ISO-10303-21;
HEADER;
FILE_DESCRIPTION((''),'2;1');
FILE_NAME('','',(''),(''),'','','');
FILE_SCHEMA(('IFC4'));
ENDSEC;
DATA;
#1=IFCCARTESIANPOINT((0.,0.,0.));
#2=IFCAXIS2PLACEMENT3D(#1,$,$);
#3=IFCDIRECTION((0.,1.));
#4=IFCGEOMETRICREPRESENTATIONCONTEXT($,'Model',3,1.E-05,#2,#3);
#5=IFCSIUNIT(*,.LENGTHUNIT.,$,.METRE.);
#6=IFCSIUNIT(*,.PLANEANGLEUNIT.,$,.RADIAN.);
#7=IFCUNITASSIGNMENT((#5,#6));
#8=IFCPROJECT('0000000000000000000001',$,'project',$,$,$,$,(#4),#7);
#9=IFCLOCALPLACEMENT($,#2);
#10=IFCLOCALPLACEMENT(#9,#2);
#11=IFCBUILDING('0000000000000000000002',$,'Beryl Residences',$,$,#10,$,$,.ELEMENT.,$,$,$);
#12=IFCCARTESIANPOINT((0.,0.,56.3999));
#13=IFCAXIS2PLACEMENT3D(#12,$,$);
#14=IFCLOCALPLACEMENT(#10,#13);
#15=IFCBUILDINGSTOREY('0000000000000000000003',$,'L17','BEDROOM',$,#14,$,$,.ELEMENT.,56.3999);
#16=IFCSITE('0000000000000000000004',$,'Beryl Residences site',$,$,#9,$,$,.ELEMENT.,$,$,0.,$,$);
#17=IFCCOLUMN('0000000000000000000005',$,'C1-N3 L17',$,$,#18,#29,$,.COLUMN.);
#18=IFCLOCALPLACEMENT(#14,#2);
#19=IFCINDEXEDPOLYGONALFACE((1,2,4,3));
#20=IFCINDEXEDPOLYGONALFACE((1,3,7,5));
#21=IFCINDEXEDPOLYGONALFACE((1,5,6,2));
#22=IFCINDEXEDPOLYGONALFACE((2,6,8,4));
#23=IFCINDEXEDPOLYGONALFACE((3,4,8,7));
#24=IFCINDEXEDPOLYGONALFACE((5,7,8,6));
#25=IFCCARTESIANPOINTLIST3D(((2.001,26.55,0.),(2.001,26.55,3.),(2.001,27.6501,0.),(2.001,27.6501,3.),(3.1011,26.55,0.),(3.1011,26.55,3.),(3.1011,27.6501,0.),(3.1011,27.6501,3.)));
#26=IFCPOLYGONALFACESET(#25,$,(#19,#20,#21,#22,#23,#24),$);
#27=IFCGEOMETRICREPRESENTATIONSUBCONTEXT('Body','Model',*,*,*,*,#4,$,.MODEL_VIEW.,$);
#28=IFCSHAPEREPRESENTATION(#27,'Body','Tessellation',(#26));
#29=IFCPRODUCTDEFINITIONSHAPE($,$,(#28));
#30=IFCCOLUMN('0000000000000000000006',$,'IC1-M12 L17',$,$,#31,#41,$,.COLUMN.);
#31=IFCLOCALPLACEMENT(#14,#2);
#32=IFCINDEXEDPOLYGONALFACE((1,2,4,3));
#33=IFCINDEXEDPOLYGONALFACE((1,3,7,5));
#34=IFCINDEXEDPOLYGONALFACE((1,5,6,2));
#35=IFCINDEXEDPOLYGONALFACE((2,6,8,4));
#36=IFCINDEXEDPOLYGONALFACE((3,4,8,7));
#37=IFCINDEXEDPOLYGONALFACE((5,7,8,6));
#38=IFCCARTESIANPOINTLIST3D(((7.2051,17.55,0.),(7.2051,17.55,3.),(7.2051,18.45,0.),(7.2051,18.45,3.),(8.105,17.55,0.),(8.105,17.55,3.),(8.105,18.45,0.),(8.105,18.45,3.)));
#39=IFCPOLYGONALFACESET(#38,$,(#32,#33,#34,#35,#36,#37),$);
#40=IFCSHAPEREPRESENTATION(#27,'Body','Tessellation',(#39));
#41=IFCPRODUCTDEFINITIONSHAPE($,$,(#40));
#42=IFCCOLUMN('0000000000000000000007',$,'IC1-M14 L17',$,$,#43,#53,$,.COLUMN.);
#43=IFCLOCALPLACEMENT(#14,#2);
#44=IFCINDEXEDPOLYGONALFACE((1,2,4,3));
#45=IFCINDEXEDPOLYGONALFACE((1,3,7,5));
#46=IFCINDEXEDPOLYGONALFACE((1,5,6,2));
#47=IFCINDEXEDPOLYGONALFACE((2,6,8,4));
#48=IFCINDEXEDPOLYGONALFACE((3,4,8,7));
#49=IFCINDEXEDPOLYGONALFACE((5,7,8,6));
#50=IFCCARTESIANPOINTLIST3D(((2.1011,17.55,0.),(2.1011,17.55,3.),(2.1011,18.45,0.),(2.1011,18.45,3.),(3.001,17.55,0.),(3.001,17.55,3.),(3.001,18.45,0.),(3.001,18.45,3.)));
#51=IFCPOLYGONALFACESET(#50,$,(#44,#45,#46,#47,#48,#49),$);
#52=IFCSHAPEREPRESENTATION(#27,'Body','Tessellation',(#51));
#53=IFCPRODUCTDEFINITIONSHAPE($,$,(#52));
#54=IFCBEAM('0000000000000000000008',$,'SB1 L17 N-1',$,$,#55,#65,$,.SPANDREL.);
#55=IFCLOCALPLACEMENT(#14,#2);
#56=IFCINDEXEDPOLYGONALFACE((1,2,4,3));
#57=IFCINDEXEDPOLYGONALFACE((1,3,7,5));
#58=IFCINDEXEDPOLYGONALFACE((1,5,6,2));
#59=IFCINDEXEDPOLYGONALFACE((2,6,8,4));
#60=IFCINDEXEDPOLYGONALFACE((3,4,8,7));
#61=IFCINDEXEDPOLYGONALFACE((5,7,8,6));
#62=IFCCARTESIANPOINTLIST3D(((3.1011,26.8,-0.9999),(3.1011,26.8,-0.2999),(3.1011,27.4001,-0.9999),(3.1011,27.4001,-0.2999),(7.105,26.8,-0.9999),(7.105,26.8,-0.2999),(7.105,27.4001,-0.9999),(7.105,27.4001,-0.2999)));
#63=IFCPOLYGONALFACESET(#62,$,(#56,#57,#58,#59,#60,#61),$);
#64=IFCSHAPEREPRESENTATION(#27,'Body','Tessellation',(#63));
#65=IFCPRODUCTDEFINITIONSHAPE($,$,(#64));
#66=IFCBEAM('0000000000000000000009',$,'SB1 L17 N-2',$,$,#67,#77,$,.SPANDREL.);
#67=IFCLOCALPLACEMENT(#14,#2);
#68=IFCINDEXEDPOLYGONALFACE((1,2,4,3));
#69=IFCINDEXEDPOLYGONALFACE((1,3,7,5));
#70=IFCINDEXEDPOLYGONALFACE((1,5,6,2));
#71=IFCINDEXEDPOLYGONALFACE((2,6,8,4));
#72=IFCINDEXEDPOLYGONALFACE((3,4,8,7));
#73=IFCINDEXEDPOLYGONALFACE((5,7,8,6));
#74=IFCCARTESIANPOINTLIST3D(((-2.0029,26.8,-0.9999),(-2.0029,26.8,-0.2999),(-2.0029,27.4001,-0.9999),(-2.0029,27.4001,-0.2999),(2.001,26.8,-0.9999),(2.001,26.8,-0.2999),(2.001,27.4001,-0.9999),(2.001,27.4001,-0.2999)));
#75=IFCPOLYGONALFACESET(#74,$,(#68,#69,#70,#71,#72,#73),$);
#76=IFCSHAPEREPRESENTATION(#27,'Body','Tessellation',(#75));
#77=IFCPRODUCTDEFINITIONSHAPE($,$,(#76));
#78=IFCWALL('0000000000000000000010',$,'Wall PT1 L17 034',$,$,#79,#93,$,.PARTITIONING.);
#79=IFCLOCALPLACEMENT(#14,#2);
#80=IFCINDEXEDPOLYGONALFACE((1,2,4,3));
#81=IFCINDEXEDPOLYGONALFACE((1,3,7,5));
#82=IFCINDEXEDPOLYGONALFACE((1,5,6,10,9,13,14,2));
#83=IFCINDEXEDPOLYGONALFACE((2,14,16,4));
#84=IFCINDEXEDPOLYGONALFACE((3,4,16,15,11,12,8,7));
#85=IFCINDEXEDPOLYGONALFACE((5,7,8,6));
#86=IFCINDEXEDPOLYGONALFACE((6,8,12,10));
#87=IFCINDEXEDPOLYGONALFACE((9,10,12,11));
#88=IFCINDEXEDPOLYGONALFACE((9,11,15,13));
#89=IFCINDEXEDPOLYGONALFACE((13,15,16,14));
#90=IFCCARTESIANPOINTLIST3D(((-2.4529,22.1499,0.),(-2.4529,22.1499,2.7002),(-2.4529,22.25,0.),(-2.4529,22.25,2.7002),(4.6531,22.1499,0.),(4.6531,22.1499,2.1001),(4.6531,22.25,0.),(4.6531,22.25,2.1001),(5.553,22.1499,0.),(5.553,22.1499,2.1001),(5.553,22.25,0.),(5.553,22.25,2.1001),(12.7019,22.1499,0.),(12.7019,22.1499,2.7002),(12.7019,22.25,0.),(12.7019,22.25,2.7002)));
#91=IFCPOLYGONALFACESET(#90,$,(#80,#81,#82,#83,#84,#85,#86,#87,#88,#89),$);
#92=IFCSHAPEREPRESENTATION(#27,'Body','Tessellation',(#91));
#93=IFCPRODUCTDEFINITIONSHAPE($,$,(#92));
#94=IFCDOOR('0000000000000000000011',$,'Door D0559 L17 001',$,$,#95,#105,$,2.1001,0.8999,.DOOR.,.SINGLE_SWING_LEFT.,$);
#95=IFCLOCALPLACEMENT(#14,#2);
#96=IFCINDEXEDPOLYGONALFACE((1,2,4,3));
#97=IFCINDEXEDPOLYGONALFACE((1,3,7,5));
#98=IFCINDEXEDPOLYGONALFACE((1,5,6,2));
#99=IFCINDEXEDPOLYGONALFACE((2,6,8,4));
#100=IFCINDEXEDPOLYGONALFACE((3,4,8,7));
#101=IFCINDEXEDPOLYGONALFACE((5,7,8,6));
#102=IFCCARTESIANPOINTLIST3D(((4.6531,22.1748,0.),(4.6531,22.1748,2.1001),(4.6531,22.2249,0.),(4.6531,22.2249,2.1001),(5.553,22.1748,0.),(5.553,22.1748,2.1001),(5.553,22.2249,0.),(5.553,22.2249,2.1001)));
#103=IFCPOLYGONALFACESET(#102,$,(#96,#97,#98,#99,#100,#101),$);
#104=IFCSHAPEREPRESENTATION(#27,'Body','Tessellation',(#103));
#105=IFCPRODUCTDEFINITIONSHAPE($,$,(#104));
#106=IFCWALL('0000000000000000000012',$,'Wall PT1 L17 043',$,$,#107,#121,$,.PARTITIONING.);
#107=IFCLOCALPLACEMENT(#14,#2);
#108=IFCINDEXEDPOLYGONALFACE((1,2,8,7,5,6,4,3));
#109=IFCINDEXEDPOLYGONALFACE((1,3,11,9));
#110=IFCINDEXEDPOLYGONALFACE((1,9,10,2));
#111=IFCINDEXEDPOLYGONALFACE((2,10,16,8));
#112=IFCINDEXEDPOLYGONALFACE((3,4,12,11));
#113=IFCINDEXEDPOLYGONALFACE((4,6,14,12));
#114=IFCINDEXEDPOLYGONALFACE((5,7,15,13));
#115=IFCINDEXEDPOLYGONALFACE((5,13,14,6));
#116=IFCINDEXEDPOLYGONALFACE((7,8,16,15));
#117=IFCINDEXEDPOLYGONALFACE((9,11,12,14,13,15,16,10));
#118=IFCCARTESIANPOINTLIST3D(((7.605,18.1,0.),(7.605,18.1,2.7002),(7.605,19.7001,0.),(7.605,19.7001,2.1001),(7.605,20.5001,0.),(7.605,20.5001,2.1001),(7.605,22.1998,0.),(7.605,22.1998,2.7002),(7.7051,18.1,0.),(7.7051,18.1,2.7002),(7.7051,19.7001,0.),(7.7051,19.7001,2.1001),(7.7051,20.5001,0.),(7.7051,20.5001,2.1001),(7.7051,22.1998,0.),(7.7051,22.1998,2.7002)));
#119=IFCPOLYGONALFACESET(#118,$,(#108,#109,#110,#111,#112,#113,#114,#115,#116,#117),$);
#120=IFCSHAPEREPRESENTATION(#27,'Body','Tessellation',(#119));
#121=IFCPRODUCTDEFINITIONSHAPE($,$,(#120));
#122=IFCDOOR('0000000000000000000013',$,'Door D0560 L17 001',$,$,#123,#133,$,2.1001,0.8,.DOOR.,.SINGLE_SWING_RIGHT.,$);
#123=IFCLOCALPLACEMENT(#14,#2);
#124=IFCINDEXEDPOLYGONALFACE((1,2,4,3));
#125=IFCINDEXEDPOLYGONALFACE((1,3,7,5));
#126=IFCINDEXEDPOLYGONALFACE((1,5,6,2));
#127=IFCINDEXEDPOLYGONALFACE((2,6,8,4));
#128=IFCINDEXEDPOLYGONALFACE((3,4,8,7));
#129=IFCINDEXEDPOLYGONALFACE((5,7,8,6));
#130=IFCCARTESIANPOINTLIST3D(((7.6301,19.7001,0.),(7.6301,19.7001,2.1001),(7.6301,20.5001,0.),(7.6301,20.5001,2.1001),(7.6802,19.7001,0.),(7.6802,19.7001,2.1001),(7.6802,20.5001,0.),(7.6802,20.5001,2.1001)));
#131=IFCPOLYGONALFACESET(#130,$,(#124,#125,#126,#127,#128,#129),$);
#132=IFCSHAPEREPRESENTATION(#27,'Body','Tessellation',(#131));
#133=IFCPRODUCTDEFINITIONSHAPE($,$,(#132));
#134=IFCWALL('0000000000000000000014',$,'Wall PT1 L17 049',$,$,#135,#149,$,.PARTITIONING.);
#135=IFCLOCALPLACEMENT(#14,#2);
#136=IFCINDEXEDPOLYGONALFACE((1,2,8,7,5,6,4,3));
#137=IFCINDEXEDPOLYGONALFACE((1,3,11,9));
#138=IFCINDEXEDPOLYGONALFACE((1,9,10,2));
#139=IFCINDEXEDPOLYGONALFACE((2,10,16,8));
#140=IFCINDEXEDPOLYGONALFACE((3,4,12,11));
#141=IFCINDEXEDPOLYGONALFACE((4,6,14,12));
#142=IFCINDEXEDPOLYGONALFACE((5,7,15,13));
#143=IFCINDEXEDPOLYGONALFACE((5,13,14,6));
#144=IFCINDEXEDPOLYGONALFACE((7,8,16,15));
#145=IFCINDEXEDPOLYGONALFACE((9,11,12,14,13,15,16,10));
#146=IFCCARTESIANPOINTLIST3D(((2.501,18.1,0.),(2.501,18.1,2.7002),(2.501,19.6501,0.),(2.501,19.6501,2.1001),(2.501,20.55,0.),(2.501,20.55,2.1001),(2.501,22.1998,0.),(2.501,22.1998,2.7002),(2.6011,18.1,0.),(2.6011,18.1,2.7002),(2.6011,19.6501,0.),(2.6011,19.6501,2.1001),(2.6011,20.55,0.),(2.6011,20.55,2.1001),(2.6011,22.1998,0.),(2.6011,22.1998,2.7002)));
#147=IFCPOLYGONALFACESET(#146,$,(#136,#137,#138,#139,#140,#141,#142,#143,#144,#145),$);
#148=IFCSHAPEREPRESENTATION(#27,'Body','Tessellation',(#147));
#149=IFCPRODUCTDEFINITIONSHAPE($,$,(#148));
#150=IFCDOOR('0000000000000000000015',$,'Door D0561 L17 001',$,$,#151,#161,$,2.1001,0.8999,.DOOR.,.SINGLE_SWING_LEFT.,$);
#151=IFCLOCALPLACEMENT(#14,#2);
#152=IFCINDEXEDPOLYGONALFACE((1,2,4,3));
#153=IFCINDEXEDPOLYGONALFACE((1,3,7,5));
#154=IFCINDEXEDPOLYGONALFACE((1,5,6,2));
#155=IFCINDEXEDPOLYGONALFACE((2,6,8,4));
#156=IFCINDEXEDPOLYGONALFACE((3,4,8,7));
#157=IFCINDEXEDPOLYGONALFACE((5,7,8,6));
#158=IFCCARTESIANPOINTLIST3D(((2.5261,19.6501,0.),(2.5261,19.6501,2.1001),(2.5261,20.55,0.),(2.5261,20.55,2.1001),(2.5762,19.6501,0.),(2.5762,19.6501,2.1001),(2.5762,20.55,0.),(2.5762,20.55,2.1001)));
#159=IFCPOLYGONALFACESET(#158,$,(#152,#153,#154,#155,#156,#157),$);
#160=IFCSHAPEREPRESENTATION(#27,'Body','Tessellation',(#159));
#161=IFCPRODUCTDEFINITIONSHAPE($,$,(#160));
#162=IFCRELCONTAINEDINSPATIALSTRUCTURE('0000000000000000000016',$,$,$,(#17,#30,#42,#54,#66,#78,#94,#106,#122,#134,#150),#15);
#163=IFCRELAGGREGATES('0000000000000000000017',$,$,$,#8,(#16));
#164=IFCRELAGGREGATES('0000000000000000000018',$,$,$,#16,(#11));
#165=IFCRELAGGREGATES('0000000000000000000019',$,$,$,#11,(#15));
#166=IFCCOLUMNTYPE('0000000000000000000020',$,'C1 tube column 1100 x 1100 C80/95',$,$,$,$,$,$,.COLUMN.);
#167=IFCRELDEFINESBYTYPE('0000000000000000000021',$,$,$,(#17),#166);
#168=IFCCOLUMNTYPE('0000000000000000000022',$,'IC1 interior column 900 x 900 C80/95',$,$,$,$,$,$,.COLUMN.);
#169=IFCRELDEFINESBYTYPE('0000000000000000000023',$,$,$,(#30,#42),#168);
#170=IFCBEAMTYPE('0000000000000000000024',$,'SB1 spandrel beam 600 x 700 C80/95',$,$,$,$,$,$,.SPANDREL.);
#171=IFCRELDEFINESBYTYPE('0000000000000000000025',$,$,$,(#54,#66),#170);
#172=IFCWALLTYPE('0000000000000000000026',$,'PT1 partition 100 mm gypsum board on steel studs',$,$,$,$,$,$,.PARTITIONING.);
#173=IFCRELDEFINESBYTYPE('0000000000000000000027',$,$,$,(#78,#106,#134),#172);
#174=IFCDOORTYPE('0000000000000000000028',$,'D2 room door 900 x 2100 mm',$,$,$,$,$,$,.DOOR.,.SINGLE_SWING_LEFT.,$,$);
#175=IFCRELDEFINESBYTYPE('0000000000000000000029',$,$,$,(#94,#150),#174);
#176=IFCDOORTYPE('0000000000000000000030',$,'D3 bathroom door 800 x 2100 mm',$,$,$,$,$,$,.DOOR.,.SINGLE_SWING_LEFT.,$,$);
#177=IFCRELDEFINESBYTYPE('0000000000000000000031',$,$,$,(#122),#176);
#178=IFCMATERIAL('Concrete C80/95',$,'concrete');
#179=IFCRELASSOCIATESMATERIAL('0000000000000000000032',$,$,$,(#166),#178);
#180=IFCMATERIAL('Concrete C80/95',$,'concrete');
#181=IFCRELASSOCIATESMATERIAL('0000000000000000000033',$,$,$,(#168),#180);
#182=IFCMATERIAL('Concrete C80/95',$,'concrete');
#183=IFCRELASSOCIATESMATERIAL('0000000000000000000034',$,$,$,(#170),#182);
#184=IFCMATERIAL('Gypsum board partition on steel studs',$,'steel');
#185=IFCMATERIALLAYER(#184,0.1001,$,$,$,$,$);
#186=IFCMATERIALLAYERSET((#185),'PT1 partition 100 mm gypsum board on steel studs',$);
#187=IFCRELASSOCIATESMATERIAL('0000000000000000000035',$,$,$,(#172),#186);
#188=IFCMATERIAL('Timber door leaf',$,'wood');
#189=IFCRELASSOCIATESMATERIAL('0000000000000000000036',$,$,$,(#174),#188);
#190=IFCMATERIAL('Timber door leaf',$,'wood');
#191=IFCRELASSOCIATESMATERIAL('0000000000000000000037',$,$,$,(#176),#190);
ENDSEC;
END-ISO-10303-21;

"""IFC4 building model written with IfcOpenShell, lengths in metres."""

from ifc_helpers import new_model, si_unit, direction, frame, frame_2d, origin, origin_2d, place, context, subcontext, project, spatial, rectangle, extrude, material, layer, layer_set, material_profile, profile_set, type_object, element, fill, save


model = new_model("IFC4")

# Units and contexts
model_context = context("Model", 3, precision=1e-05, world=origin(), true_north=direction((0.0, 1.0)))
body_context = subcontext(model_context, "Body", "Model", "MODEL_VIEW")
ifc_project = project(units=[si_unit("LENGTHUNIT", "METRE"), si_unit("PLANEANGLEUNIT", "RADIAN")], contexts=[model_context])

# Site, building, storey
site_placement = place(None, origin())
site = spatial("IfcSite", under=ifc_project, at=site_placement, Name="Beryl Residences site", CompositionType="ELEMENT", RefElevation=0.0)
building_placement = place(site_placement, origin())
building = spatial("IfcBuilding", under=site, at=building_placement, Name="Beryl Residences", CompositionType="ELEMENT")
storey_placement = place(building_placement, frame((0.0, 0.0, 56.3999)))
storey = spatial("IfcBuildingStorey", under=building, at=storey_placement, Name="L17", Description="BEDROOM", CompositionType="ELEMENT", Elevation=56.3999)

# Columns
ifc_material_1 = material(Name="Concrete C80/95", Category="concrete")
ifc_material_profile_1 = material_profile(ifc_material_1, rectangle(XDim=1.1001, YDim=1.1001, at=origin_2d()))
ifc_profile_set_1 = profile_set([ifc_material_profile_1], Name="Concrete C80/95")
column_type_1 = type_object("IfcColumnType", Name="C1 tube column 1100 x 1100 C80/95", PredefinedType="COLUMN", material=ifc_profile_set_1)
column_placement = place(storey_placement, frame((2.551, 27.1001, 0.0), z_axis=(0.0, 0.0, 1.0), x_axis=(-1.0, 0.0, 0.0)))
element("IfcColumn", 1, at=column_placement, inside=storey, type_object=column_type_1, Name="C1-N3 L17", PredefinedType="COLUMN", context=body_context, shape_type="SweptSolid", body=[
    extrude(rectangle(XDim=1.1001, YDim=1.1001, at=origin_2d()), origin(), (0.0, 0.0, 1.0), 3.0),
])
ifc_material_2 = material(Name="Concrete C80/95", Category="concrete")
ifc_material_profile_2 = material_profile(ifc_material_2, rectangle(XDim=0.8999, YDim=0.8999, at=origin_2d()))
ifc_profile_set_2 = profile_set([ifc_material_profile_2], Name="Concrete C80/95")
column_type_2 = type_object("IfcColumnType", Name="IC1 interior column 900 x 900 C80/95", PredefinedType="COLUMN", material=ifc_profile_set_2)
for number, where, z_axis, x_axis, name in (
    (2, (7.655, 18.0, 0.0), (0.0, 0.0, 1.0), (-1.0, 0.0, 0.0), "IC1-M12 L17"),
    (3, (2.551, 18.0, 0.0), (0.0, 0.0, 1.0), (-1.0, 0.0, 0.0), "IC1-M14 L17"),
):
    element("IfcColumn", number, at=place(storey_placement, frame(where, z_axis=z_axis, x_axis=x_axis)), inside=storey, type_object=column_type_2, Name=name, PredefinedType="COLUMN", context=body_context, shape_type="SweptSolid", body=[
        extrude(rectangle(XDim=0.8999, YDim=0.8999, at=origin_2d()), origin(), (0.0, 0.0, 1.0), 3.0),
    ])

# Beams
ifc_material_3 = material(Name="Concrete C80/95", Category="concrete")
ifc_material_profile_3 = material_profile(ifc_material_3, rectangle(XDim=0.6001, YDim=0.7, at=origin_2d()))
ifc_profile_set_3 = profile_set([ifc_material_profile_3], Name="Concrete C80/95")
beam_type = type_object("IfcBeamType", Name="SB1 spandrel beam 600 x 700 C80/95", PredefinedType="SPANDREL", material=ifc_profile_set_3)
for number, where, z_axis, x_axis, name in (
    (4, (7.105, 27.1001, -0.6499), (-1.0, 0.0, 0.0), (0.0, -1.0, 0.0), "SB1 L17 N-1"),
    (5, (2.001, 27.1001, -0.6499), (-1.0, 0.0, 0.0), (0.0, -1.0, 0.0), "SB1 L17 N-2"),
):
    element("IfcBeam", number, at=place(storey_placement, frame(where, z_axis=z_axis, x_axis=x_axis)), inside=storey, type_object=beam_type, Name=name, PredefinedType="SPANDREL", context=body_context, shape_type="SweptSolid", body=[
        extrude(rectangle(XDim=0.6001, YDim=0.7, at=origin_2d()), origin(), (0.0, 0.0, 1.0), 4.0039),
    ])

# Walls, openings, doors
ifc_material_4 = material(Name="Gypsum board partition on steel studs", Category="steel")
ifc_layer = layer(ifc_material_4, 0.1001)
ifc_layer_set = layer_set([ifc_layer], Name="PT1 partition 100 mm gypsum board on steel studs")
wall_type = type_object("IfcWallType", Name="PT1 partition 100 mm gypsum board on steel studs", PredefinedType="PARTITIONING", material=ifc_layer_set)
wall_1_placement = place(storey_placement, frame((-2.4529, 22.2, 0.0), z_axis=(0.0, 0.0, 1.0), x_axis=(1.0, 0.0, 0.0)))
wall_1 = element("IfcWall", 6, at=wall_1_placement, inside=storey, type_object=wall_type, Name="Wall PT1 L17 034", PredefinedType="PARTITIONING", context=body_context, shape_type="SweptSolid", body=[
    extrude(rectangle(XDim=15.1548, YDim=0.1001, at=frame_2d((7.5774, 0.0))), origin(), (0.0, 0.0, 1.0), 2.7002),
])
opening_1_placement = place(wall_1_placement, frame((7.106, 0.0, 0.0)))
opening_1 = element("IfcOpeningElement", 7, at=opening_1_placement, cuts=wall_1, PredefinedType="OPENING", context=body_context, shape_type="SweptSolid", body=[
    extrude(rectangle(XDim=0.8999, YDim=2.1001, at=frame_2d((0.45, 1.05))), frame((0.0, 0.0601, 0.0), z_axis=(0.0, -1.0, 0.0), x_axis=(1.0, 0.0, 0.0)), (0.0, 0.0, 1.0), 0.1201),
])
ifc_material_5 = material(Name="Timber door leaf", Category="wood")
door_type_1 = type_object("IfcDoorType", Name="D2 room door 900 x 2100 mm", OperationType="SINGLE_SWING_LEFT", PredefinedType="DOOR", material=ifc_material_5)
door_1_placement = place(opening_1_placement, origin())
door_1 = element("IfcDoor", 8, at=door_1_placement, inside=storey, type_object=door_type_1, Name="Door D0559 L17 001", OperationType="SINGLE_SWING_LEFT", OverallHeight=2.1001, OverallWidth=0.8999, PredefinedType="DOOR", context=body_context, shape_type="SweptSolid", body=[
    extrude(rectangle(XDim=0.8999, YDim=2.1001, at=frame_2d((0.45, 1.05))), frame((0.0, 0.0249, 0.0), z_axis=(0.0, -1.0, 0.0), x_axis=(1.0, 0.0, 0.0)), (0.0, 0.0, 1.0), 0.05),
])
fill(opening_1, door_1)
wall_2_placement = place(storey_placement, frame((7.655, 18.1001, 0.0), z_axis=(0.0, 0.0, 1.0), x_axis=(0.0, 1.0, 0.0)))
wall_2 = element("IfcWall", 9, at=wall_2_placement, inside=storey, type_object=wall_type, Name="Wall PT1 L17 043", PredefinedType="PARTITIONING", context=body_context, shape_type="SweptSolid", body=[
    extrude(rectangle(XDim=4.0999, YDim=0.1001, at=frame_2d((2.0498, 0.0))), origin(), (0.0, 0.0, 1.0), 2.7002),
])
opening_2_placement = place(wall_2_placement, frame((1.6001, 0.0, 0.0)))
opening_2 = element("IfcOpeningElement", 10, at=opening_2_placement, cuts=wall_2, PredefinedType="OPENING", context=body_context, shape_type="SweptSolid", body=[
    extrude(rectangle(XDim=0.8, YDim=2.1001, at=frame_2d((0.3999, 1.05))), frame((0.0, 0.0601, 0.0), z_axis=(0.0, -1.0, 0.0), x_axis=(1.0, 0.0, 0.0)), (0.0, 0.0, 1.0), 0.1201),
])
ifc_material_6 = material(Name="Timber door leaf", Category="wood")
door_type_2 = type_object("IfcDoorType", Name="D3 bathroom door 800 x 2100 mm", OperationType="SINGLE_SWING_LEFT", PredefinedType="DOOR", material=ifc_material_6)
door_2_placement = place(opening_2_placement, origin())
door_2 = element("IfcDoor", 11, at=door_2_placement, inside=storey, type_object=door_type_2, Name="Door D0560 L17 001", OperationType="SINGLE_SWING_RIGHT", OverallHeight=2.1001, OverallWidth=0.8, PredefinedType="DOOR", context=body_context, shape_type="SweptSolid", body=[
    extrude(rectangle(XDim=0.8, YDim=2.1001, at=frame_2d((0.3999, 1.05))), frame((0.0, 0.0249, 0.0), z_axis=(0.0, -1.0, 0.0), x_axis=(1.0, 0.0, 0.0)), (0.0, 0.0, 1.0), 0.05),
])
fill(opening_2, door_2)
wall_3_placement = place(storey_placement, frame((2.551, 18.1001, 0.0), z_axis=(0.0, 0.0, 1.0), x_axis=(0.0, 1.0, 0.0)))
wall_3 = element("IfcWall", 12, at=wall_3_placement, inside=storey, type_object=wall_type, Name="Wall PT1 L17 049", PredefinedType="PARTITIONING", context=body_context, shape_type="SweptSolid", body=[
    extrude(rectangle(XDim=4.0999, YDim=0.1001, at=frame_2d((2.0498, 0.0))), origin(), (0.0, 0.0, 1.0), 2.7002),
])
opening_3_placement = place(wall_3_placement, frame((1.55, 0.0, 0.0)))
opening_3 = element("IfcOpeningElement", 13, at=opening_3_placement, cuts=wall_3, PredefinedType="OPENING", context=body_context, shape_type="SweptSolid", body=[
    extrude(rectangle(XDim=0.8999, YDim=2.1001, at=frame_2d((0.45, 1.05))), frame((0.0, 0.0601, 0.0), z_axis=(0.0, -1.0, 0.0), x_axis=(1.0, 0.0, 0.0)), (0.0, 0.0, 1.0), 0.1201),
])
door_3_placement = place(opening_3_placement, origin())
door_3 = element("IfcDoor", 14, at=door_3_placement, inside=storey, type_object=door_type_1, Name="Door D0561 L17 001", OperationType="SINGLE_SWING_LEFT", OverallHeight=2.1001, OverallWidth=0.8999, PredefinedType="DOOR", context=body_context, shape_type="SweptSolid", body=[
    extrude(rectangle(XDim=0.8999, YDim=2.1001, at=frame_2d((0.45, 1.05))), frame((0.0, 0.0249, 0.0), z_axis=(0.0, -1.0, 0.0), x_axis=(1.0, 0.0, 0.0)), (0.0, 0.0, 1.0), 0.05),
])
fill(opening_3, door_3)

save(model, "model.ifc")
